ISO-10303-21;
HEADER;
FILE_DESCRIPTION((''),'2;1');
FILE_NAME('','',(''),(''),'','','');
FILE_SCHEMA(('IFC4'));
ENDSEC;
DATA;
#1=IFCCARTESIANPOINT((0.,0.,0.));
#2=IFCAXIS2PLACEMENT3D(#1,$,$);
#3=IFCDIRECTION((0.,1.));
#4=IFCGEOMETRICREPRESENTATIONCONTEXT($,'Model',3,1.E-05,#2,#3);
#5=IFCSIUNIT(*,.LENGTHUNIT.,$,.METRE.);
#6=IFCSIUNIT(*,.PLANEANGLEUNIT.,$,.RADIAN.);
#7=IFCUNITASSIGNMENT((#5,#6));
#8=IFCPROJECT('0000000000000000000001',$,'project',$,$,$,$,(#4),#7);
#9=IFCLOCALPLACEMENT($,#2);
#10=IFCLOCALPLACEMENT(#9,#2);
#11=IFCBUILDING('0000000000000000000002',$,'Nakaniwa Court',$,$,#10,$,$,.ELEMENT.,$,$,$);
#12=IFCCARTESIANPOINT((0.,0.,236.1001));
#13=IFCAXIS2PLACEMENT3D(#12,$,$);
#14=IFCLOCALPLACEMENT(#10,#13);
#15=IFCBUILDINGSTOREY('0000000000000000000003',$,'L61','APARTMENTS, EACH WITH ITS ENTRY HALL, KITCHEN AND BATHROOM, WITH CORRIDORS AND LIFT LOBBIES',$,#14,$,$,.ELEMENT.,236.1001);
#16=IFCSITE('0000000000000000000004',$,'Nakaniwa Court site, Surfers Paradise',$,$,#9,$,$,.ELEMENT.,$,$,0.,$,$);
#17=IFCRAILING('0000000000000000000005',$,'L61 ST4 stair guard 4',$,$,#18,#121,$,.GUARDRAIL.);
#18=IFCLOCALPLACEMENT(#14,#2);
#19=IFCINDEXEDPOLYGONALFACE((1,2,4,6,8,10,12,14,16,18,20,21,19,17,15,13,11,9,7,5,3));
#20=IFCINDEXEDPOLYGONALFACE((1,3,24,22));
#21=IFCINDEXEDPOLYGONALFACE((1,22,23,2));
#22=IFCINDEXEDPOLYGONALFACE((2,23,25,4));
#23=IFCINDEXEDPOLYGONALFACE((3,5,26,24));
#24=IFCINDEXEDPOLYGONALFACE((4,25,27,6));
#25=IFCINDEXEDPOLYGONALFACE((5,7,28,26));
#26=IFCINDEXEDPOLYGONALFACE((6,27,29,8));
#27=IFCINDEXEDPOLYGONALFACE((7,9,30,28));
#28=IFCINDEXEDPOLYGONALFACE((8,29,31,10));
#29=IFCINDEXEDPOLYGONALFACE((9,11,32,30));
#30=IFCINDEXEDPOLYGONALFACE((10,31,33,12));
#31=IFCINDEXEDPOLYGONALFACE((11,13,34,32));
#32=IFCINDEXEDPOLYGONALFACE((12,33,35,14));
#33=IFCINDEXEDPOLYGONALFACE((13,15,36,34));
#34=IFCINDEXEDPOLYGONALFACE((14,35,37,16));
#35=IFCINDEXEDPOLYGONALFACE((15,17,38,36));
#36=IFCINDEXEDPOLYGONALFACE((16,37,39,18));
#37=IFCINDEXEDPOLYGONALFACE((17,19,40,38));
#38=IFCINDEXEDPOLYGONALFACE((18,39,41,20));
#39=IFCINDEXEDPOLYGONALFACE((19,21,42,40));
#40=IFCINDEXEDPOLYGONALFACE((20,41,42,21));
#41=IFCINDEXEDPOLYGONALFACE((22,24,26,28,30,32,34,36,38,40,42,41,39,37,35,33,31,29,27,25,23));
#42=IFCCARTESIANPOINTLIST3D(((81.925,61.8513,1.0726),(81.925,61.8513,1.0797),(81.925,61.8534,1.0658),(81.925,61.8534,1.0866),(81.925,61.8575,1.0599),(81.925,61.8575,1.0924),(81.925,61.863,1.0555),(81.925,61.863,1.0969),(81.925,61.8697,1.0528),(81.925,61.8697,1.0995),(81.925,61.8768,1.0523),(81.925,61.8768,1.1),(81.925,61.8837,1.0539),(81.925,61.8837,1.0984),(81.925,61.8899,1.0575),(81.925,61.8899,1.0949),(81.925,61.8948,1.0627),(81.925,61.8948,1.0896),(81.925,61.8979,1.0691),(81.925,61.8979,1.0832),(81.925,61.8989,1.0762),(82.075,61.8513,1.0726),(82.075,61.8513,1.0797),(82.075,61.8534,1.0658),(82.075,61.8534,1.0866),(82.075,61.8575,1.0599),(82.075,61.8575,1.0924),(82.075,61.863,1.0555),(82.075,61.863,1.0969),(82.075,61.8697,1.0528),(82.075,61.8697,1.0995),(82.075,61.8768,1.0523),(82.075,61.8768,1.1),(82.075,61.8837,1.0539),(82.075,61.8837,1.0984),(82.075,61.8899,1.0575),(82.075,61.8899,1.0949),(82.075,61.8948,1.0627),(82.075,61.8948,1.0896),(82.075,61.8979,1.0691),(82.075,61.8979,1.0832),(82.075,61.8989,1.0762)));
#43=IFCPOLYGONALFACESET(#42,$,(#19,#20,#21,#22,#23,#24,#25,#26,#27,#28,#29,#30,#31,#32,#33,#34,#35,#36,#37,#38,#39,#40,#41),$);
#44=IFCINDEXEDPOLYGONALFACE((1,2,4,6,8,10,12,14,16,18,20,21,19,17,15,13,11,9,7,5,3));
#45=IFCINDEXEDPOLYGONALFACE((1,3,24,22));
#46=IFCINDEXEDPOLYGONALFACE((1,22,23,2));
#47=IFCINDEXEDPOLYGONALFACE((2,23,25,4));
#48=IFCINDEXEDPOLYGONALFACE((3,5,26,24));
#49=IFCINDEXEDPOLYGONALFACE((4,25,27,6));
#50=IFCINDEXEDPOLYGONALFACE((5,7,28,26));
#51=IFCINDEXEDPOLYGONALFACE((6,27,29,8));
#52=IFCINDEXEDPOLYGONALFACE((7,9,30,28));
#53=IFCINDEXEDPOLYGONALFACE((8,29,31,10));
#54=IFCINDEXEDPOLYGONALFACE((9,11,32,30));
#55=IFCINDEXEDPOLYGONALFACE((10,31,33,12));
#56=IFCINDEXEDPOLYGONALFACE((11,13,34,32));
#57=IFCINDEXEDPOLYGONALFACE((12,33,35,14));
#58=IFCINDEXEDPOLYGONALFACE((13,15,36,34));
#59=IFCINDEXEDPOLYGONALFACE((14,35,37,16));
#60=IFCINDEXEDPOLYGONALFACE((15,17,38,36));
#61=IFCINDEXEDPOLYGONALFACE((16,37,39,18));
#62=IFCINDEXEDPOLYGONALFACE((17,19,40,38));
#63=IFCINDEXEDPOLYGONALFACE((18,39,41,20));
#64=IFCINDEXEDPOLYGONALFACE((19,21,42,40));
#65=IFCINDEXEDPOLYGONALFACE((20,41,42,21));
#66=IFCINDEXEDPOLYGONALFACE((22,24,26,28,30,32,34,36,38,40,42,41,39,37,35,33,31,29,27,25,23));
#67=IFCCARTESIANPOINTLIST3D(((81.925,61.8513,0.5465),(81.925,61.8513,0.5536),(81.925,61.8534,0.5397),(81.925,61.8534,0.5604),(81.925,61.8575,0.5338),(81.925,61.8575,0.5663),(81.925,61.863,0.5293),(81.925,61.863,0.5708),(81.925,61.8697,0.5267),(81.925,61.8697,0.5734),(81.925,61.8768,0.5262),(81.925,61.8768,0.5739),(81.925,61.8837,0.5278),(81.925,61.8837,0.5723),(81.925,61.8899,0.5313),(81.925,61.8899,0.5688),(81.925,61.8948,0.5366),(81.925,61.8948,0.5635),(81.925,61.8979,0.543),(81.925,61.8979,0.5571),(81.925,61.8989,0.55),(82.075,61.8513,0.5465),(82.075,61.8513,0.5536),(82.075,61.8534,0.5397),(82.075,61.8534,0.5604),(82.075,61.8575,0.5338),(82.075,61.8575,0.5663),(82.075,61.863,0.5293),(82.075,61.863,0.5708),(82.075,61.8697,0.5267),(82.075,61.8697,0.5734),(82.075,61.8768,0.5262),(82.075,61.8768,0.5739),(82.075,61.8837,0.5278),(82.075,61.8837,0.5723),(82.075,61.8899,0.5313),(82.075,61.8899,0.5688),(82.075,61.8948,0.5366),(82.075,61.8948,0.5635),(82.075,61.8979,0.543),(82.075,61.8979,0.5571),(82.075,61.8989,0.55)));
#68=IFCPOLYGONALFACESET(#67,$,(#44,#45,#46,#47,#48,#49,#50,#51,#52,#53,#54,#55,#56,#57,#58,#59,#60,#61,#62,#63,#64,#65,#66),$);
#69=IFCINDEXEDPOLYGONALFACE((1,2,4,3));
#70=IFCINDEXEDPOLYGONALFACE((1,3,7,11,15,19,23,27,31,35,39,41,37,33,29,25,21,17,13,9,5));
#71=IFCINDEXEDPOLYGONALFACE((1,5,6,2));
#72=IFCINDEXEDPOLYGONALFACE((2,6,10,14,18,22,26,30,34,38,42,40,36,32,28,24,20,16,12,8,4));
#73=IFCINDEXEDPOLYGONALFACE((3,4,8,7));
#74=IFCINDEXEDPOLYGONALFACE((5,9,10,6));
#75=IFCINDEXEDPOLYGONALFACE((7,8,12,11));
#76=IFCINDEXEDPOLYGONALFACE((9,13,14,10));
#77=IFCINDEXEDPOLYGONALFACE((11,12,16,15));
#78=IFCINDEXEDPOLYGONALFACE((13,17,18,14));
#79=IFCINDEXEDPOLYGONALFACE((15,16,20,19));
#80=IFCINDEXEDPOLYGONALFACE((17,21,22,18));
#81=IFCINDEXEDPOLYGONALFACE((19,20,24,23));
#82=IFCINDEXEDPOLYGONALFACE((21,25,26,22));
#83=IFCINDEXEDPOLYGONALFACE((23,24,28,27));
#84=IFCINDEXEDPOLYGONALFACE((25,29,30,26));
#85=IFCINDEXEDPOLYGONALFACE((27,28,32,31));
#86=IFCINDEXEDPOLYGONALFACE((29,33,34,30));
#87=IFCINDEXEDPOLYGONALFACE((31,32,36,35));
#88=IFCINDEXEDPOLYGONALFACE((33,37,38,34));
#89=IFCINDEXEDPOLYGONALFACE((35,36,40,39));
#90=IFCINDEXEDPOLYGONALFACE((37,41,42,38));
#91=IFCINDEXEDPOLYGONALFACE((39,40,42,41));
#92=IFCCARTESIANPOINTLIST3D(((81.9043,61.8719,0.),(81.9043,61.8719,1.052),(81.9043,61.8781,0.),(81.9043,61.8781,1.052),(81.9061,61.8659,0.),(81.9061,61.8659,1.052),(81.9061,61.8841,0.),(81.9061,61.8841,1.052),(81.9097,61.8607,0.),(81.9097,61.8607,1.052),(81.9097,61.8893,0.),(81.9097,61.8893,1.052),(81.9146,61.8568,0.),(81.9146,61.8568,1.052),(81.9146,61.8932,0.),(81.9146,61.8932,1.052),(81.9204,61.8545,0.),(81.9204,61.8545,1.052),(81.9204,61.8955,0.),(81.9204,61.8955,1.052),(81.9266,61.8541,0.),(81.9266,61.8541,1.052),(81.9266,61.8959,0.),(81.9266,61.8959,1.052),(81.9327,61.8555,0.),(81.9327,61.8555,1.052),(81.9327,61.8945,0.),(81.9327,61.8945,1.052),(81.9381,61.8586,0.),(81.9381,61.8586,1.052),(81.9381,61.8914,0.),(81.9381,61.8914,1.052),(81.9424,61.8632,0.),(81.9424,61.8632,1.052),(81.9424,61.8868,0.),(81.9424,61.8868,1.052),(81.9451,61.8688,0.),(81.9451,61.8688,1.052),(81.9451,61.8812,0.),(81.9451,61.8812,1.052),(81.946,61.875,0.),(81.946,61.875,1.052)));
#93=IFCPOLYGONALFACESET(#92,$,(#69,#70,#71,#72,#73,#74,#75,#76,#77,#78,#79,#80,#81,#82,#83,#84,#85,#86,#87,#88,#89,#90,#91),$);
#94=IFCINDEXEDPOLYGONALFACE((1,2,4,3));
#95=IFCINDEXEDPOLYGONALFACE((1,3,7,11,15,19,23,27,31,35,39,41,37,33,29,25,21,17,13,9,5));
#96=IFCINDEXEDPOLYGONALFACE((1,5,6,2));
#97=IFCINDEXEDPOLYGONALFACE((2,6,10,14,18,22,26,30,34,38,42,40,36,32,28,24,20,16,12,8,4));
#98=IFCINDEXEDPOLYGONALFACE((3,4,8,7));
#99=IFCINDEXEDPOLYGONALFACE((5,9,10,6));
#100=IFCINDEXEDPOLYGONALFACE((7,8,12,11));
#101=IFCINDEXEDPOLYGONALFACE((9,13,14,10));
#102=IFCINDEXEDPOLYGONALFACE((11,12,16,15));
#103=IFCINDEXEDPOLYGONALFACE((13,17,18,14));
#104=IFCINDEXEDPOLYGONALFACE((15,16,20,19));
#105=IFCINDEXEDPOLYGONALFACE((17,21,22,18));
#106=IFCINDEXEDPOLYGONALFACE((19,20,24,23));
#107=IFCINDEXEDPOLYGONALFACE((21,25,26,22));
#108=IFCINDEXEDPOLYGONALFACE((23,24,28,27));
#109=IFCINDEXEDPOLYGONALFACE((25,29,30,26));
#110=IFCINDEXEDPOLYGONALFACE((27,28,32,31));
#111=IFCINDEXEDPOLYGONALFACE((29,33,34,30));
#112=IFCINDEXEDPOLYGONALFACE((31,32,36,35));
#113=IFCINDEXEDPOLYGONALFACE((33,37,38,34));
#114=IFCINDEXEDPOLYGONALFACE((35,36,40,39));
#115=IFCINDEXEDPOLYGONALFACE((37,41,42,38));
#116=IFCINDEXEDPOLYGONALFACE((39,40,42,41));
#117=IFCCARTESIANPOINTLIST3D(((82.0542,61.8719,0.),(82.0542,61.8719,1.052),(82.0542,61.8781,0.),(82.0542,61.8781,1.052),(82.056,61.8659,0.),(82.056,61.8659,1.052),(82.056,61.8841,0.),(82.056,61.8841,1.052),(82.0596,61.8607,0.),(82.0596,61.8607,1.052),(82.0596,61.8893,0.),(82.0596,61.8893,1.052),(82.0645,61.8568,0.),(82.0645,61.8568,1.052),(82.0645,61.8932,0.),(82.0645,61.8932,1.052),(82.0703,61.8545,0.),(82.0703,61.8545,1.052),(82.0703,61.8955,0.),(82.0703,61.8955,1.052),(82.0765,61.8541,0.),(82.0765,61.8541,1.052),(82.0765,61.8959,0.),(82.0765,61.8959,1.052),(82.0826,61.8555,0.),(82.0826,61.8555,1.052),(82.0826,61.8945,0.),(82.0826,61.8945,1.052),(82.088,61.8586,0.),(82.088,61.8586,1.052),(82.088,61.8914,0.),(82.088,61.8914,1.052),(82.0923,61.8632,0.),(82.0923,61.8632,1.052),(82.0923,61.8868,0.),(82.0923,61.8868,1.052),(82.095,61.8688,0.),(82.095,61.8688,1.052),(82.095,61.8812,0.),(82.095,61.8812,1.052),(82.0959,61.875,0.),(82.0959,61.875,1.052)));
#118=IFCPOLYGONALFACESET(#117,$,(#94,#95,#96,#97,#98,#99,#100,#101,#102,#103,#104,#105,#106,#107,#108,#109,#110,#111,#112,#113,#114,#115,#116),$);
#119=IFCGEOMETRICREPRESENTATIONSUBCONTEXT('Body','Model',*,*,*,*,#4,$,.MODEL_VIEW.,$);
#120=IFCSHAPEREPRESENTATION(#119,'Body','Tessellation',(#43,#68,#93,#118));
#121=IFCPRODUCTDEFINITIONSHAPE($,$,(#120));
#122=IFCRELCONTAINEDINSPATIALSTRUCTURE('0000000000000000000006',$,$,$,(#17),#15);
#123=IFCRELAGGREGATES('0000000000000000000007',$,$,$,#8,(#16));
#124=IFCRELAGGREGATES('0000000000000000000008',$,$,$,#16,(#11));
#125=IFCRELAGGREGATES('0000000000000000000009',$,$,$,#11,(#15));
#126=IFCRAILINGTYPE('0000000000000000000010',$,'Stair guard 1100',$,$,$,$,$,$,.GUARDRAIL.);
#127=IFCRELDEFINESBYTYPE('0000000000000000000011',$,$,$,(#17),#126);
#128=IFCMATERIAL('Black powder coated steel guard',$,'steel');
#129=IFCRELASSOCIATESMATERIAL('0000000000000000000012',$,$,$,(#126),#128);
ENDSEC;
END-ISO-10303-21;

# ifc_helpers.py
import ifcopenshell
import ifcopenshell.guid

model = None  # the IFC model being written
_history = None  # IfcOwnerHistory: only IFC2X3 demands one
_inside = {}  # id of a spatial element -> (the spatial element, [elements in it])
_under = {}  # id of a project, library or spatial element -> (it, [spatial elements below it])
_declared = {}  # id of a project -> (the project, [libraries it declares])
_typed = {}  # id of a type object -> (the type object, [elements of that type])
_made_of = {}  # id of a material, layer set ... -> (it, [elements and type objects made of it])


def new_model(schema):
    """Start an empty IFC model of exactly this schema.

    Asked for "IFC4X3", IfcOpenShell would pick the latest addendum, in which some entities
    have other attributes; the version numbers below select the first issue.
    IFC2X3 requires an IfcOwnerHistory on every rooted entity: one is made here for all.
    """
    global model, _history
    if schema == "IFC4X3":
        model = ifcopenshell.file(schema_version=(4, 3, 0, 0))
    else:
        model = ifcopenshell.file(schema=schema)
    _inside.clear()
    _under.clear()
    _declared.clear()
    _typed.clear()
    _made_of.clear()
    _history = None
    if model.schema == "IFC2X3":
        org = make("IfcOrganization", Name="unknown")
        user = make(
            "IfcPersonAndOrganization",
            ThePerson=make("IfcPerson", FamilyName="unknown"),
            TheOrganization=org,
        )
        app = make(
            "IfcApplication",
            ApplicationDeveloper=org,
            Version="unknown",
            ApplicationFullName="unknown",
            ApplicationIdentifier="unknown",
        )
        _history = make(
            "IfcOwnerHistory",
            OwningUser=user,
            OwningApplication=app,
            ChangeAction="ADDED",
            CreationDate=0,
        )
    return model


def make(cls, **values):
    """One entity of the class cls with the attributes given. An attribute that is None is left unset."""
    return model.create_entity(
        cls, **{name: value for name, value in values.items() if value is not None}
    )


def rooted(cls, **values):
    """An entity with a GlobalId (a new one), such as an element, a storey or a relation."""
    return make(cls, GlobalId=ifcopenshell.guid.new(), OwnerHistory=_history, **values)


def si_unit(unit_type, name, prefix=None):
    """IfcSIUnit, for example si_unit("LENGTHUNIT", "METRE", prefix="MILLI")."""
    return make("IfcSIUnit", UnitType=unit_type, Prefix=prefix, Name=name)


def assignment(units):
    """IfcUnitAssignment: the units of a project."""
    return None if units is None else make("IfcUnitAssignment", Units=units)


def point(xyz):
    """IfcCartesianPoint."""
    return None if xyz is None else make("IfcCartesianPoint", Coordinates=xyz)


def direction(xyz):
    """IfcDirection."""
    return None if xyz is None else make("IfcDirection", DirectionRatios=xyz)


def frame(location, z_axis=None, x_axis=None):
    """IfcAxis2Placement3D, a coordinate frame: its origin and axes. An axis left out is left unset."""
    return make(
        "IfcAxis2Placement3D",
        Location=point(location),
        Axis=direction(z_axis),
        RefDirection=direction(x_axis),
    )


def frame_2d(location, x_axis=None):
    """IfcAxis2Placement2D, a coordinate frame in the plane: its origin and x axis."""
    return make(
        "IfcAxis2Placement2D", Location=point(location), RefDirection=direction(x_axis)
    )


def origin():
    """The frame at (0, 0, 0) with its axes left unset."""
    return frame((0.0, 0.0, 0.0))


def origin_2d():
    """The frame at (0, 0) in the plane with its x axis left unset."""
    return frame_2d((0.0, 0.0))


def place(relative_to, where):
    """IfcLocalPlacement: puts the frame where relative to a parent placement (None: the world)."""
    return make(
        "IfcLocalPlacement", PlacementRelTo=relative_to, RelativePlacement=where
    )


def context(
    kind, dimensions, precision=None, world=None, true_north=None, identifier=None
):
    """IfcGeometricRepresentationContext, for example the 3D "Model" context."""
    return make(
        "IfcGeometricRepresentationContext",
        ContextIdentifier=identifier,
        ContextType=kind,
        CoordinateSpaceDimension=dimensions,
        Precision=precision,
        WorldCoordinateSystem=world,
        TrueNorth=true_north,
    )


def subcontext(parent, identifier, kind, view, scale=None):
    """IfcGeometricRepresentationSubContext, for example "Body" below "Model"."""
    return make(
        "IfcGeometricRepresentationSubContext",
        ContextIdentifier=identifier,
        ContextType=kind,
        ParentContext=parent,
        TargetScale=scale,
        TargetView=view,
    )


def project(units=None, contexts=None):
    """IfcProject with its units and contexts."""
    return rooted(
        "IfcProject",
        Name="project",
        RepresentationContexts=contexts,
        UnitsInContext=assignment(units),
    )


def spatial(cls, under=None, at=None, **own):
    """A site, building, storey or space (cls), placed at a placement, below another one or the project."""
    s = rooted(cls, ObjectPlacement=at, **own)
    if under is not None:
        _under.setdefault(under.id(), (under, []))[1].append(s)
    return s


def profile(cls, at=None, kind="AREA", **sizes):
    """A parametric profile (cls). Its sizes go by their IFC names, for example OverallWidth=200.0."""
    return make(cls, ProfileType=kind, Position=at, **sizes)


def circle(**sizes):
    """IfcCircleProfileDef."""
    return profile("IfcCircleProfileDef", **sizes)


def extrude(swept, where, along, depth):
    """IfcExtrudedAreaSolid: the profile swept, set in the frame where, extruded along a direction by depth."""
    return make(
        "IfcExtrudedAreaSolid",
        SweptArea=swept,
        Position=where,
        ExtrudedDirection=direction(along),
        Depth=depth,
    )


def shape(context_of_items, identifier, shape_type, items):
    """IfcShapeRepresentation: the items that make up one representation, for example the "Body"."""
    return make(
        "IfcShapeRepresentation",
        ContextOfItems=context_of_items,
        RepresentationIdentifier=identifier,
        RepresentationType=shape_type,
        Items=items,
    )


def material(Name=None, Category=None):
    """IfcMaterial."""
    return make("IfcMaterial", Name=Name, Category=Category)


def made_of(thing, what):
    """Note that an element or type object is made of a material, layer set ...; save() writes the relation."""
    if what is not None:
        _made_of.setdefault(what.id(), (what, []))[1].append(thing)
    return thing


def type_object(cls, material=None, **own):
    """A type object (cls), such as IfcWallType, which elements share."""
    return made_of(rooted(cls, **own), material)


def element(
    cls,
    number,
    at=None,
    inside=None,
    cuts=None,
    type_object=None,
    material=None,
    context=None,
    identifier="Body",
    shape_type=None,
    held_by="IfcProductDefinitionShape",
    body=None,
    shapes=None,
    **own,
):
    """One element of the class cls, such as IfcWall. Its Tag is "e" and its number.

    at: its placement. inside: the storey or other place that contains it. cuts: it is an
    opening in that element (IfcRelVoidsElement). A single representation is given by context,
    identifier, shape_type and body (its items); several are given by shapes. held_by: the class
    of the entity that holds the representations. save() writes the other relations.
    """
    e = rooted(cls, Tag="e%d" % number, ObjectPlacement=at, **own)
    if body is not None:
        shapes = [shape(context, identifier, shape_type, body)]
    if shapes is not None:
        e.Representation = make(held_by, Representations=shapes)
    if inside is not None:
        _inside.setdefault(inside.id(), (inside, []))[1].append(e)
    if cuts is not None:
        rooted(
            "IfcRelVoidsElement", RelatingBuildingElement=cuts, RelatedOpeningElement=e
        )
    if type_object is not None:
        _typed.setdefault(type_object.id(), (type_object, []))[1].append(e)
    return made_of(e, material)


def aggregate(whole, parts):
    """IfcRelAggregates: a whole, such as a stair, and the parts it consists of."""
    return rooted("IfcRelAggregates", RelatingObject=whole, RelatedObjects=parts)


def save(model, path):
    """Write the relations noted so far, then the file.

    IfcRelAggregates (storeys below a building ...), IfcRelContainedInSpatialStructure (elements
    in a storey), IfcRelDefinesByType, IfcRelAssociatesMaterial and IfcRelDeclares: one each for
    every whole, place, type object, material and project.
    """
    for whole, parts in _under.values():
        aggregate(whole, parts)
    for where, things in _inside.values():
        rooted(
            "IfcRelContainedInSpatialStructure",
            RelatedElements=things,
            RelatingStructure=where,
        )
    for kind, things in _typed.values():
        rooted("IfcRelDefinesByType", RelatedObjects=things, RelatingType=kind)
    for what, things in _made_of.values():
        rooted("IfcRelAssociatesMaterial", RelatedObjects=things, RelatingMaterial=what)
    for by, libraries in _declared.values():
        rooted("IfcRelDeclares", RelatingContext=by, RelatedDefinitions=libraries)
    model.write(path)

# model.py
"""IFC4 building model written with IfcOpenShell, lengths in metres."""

from ifc_helpers import new_model, si_unit, direction, frame, origin, origin_2d, place, context, subcontext, project, spatial, circle, extrude, material, type_object, element, save


model = new_model("IFC4")

# Units and contexts
model_context = context("Model", 3, precision=1e-05, world=origin(), true_north=direction((0.0, 1.0)))
body_context = subcontext(model_context, "Body", "Model", "MODEL_VIEW")
ifc_project = project(units=[si_unit("LENGTHUNIT", "METRE"), si_unit("PLANEANGLEUNIT", "RADIAN")], contexts=[model_context])

# Site, building, storey
site_placement = place(None, origin())
site = spatial("IfcSite", under=ifc_project, at=site_placement, Name="Nakaniwa Court site, Surfers Paradise", CompositionType="ELEMENT", RefElevation=0.0)
building_placement = place(site_placement, origin())
building = spatial("IfcBuilding", under=site, at=building_placement, Name="Nakaniwa Court", CompositionType="ELEMENT")
storey_placement = place(building_placement, frame((0.0, 0.0, 236.1001)))
storey = spatial("IfcBuildingStorey", under=building, at=storey_placement, Name="L61", Description="APARTMENTS, EACH WITH ITS ENTRY HALL, KITCHEN AND BATHROOM, WITH CORRIDORS AND LIFT LOBBIES", CompositionType="ELEMENT", Elevation=236.1001)

# Railing
ifc_material_1 = material(Name="Black powder coated steel guard", Category="steel")
railing_type_1 = type_object("IfcRailingType", Name="Stair guard 1100", PredefinedType="GUARDRAIL", material=ifc_material_1)
railing_1_placement = place(storey_placement, frame((81.925, 61.875, 0.0)))
element("IfcRailing", 1, at=railing_1_placement, inside=storey, type_object=railing_type_1, Name="L61 ST4 stair guard 4", PredefinedType="GUARDRAIL", context=body_context, shape_type="SweptSolid", body=[
    extrude(circle(Radius=0.0239, at=origin_2d()), frame((0.0, 0.0, 1.0762), z_axis=(1.0, 0.0, 0.0), x_axis=(0.0, 1.0, 0.0)), (0.0, 0.0, 1.0), 0.1499),
    extrude(circle(Radius=0.0239, at=origin_2d()), frame((0.0, 0.0, 0.55), z_axis=(1.0, 0.0, 0.0), x_axis=(0.0, 1.0, 0.0)), (0.0, 0.0, 1.0), 0.1499),
    extrude(circle(Radius=0.021, at=origin_2d()), origin(), (0.0, 0.0, 1.0), 1.052),
    extrude(circle(Radius=0.021, at=origin_2d()), frame((0.1499, 0.0, 0.0)), (0.0, 0.0, 1.0), 1.052),
])

save(model, "model.ifc")
